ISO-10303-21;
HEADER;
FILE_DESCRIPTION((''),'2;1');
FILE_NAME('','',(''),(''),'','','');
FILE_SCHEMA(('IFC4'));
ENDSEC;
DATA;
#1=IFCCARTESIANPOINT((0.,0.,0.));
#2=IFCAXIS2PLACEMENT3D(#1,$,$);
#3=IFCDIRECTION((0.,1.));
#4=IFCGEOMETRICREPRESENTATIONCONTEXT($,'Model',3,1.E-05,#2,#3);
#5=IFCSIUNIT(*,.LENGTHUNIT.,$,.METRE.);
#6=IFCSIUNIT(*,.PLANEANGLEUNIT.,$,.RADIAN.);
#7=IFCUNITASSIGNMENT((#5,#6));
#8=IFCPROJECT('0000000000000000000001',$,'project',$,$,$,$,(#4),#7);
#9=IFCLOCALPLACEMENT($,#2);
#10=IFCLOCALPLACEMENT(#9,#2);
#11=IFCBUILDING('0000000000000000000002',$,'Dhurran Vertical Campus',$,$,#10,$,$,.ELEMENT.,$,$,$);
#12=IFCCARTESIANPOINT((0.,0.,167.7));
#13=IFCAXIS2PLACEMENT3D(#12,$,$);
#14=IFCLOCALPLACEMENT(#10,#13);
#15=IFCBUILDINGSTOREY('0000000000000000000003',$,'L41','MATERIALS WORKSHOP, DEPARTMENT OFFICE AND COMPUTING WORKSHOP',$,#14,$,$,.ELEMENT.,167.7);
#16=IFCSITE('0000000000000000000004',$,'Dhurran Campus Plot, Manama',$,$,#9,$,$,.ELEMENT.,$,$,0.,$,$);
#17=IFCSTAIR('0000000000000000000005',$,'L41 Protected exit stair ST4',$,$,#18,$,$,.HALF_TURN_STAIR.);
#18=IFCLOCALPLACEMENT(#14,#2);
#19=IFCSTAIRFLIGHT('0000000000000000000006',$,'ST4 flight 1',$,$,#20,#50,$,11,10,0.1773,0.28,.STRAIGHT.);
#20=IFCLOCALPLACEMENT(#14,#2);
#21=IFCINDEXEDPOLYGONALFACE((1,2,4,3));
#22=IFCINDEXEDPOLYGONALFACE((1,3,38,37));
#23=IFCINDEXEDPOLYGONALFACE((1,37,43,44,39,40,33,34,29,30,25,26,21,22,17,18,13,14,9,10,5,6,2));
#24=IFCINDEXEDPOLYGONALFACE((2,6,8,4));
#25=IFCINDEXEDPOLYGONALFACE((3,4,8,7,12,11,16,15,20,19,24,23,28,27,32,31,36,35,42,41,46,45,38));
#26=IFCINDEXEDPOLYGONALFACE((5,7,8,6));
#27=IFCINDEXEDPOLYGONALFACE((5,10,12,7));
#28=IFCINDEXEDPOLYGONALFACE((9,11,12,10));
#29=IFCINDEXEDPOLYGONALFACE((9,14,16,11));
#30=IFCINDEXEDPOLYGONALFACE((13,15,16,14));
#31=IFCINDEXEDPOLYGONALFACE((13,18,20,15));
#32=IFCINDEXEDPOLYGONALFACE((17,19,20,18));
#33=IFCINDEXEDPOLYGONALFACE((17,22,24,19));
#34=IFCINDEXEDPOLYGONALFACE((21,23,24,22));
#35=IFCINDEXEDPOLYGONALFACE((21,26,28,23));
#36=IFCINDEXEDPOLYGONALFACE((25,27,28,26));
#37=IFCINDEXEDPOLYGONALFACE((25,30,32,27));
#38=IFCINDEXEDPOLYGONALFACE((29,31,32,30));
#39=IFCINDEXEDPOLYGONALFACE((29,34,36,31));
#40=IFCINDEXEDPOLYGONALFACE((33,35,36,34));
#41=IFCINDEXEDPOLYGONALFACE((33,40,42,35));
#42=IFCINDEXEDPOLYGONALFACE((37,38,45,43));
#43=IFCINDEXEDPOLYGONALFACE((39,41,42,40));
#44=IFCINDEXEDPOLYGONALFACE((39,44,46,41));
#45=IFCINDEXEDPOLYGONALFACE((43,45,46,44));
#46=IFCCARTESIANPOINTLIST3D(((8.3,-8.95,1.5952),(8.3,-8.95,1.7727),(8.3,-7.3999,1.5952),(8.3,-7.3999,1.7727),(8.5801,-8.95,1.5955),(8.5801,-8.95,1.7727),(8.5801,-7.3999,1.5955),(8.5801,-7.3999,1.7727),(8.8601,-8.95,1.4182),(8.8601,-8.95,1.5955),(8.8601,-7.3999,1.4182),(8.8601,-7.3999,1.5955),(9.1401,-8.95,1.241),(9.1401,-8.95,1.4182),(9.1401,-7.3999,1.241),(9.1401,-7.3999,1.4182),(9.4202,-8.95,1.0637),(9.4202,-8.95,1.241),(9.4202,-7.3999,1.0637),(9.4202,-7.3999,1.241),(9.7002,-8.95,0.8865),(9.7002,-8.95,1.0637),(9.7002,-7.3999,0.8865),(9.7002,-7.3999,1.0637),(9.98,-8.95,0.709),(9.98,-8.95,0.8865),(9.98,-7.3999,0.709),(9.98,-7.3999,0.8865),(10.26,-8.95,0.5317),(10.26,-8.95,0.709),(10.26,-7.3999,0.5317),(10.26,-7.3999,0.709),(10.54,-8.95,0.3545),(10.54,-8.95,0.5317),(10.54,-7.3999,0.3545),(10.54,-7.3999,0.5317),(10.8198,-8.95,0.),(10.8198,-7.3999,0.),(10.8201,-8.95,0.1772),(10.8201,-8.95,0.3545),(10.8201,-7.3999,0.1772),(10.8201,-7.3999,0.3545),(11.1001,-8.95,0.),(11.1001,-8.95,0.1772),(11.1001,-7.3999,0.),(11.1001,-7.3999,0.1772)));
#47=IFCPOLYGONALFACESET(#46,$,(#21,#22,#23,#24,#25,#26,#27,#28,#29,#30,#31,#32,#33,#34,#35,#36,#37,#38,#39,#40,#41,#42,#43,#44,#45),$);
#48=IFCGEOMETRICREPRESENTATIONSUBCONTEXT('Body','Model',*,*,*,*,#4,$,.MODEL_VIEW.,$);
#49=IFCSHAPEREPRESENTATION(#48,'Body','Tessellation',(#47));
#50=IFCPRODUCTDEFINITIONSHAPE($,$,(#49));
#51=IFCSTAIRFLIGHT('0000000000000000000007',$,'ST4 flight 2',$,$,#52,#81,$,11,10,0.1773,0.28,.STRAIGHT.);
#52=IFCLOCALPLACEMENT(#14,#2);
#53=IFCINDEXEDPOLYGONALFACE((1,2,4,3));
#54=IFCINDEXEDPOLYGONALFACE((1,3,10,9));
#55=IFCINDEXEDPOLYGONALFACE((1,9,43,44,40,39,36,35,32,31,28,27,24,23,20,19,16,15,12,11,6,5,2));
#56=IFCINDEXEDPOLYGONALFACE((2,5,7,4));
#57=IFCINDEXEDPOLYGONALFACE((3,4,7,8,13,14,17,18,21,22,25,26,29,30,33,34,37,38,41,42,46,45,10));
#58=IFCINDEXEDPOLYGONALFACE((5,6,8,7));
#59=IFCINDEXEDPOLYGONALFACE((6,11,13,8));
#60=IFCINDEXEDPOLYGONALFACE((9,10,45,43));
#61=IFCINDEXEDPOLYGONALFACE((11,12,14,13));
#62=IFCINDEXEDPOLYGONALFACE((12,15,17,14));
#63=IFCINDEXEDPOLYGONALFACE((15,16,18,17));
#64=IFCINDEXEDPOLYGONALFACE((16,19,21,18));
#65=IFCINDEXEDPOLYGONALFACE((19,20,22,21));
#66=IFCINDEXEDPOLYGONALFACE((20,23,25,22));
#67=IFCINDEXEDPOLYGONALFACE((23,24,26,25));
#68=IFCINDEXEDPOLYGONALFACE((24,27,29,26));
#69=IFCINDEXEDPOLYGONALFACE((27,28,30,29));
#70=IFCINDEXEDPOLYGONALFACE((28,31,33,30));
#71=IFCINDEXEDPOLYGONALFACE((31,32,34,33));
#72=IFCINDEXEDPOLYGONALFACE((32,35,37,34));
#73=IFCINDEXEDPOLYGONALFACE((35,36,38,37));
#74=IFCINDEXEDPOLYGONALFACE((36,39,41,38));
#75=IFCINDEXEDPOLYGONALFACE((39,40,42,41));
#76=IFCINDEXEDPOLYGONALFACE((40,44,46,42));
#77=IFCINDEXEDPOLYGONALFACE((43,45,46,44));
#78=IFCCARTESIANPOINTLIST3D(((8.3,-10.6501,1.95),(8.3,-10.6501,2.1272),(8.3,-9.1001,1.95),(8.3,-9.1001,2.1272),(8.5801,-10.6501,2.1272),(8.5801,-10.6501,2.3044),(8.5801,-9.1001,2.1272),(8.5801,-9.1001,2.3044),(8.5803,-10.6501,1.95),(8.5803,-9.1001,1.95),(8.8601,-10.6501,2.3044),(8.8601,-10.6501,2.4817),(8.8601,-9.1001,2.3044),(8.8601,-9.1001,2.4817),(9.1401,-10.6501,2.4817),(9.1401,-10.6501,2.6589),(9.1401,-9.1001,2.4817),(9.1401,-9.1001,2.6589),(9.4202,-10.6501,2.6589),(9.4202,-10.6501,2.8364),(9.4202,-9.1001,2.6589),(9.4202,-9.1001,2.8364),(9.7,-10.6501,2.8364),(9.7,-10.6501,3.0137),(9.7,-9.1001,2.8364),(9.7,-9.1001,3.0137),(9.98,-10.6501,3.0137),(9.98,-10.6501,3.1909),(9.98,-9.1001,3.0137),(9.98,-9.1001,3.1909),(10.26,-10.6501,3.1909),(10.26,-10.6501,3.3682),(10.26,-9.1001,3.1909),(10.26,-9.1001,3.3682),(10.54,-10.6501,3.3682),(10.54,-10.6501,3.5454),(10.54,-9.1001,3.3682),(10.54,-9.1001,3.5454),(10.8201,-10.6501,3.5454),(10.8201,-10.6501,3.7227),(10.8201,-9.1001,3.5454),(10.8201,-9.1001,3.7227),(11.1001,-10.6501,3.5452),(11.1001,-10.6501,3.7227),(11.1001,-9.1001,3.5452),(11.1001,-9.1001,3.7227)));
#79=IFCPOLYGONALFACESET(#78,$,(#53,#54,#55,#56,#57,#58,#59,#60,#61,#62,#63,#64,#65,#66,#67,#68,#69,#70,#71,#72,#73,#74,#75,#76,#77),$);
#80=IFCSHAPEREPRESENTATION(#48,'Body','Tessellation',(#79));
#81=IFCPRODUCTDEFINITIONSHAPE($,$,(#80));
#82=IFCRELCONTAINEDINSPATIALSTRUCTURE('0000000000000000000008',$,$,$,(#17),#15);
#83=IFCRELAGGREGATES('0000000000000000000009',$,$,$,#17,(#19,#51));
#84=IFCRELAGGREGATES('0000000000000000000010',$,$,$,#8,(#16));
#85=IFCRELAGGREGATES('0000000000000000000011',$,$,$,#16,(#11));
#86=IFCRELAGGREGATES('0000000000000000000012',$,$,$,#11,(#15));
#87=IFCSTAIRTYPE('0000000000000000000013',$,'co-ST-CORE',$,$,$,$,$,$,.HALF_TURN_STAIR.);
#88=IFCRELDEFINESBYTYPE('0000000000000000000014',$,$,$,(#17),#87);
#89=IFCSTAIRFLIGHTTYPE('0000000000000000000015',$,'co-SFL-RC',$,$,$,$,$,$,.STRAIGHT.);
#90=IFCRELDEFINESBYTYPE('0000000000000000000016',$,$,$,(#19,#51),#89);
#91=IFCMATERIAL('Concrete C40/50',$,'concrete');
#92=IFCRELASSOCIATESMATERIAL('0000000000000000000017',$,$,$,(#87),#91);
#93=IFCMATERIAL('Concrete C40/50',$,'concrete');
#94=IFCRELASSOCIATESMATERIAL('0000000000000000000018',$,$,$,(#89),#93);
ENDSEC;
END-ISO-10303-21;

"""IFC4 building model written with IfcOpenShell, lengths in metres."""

from ifc_helpers import new_model, si_unit, direction, frame, origin, place, context, subcontext, project, spatial, polyline, outline, extrude, material, type_object, element, aggregate, save


model = new_model("IFC4")

# Units and contexts
model_context = context("Model", 3, precision=1e-05, world=origin(), true_north=direction((0.0, 1.0)))
body_context = subcontext(model_context, "Body", "Model", "MODEL_VIEW")
ifc_project = project(units=[si_unit("LENGTHUNIT", "METRE"), si_unit("PLANEANGLEUNIT", "RADIAN")], contexts=[model_context])

# Site, building, storey
site_placement = place(None, origin())
site = spatial("IfcSite", under=ifc_project, at=site_placement, Name="Dhurran Campus Plot, Manama", CompositionType="ELEMENT", RefElevation=0.0)
building_placement = place(site_placement, origin())
building = spatial("IfcBuilding", under=site, at=building_placement, Name="Dhurran Vertical Campus", CompositionType="ELEMENT")
storey_placement = place(building_placement, frame((0.0, 0.0, 167.7)))
storey = spatial("IfcBuildingStorey", under=building, at=storey_placement, Name="L41", Description="MATERIALS WORKSHOP, DEPARTMENT OFFICE AND COMPUTING WORKSHOP", CompositionType="ELEMENT", Elevation=167.7)

# Shared definitions
ifc_material_1 = material(Name="Concrete C40/50", Category="concrete")
stair_type = type_object("IfcStairType", Name="co-ST-CORE", PredefinedType="HALF_TURN_STAIR", material=ifc_material_1)

# Stair, stair flights
stair_1_placement = place(storey_placement, origin())
stair_1 = element("IfcStair", 1, at=stair_1_placement, inside=storey, type_object=stair_type, Name="L41 Protected exit stair ST4", PredefinedType="HALF_TURN_STAIR")
ifc_material_2 = material(Name="Concrete C40/50", Category="concrete")
stair_flight_type = type_object("IfcStairFlightType", Name="co-SFL-RC", PredefinedType="STRAIGHT", material=ifc_material_2)
stair_flight_1_placement = place(storey_placement, frame((11.1001, -8.175, 0.0), z_axis=(0.0, 0.0, 1.0), x_axis=(-1.0, 0.0, 0.0)))
stair_flight_1 = element("IfcStairFlight", 2, at=stair_flight_1_placement, type_object=stair_flight_type, Name="ST4 flight 1", NumberOfRisers=11, NumberOfTreads=10, PredefinedType="STRAIGHT", RiserHeight=0.1773, TreadLength=0.28, context=body_context, shape_type="SweptSolid", body=[
    extrude(outline(polyline([(0.0, 0.0), (0.0, 0.1772), (0.28, 0.1772), (0.28, 0.3545), (0.5601, 0.3545), (0.5601, 0.5317), (0.8401, 0.5317), (0.8401, 0.709), (1.1201, 0.709), (1.1201, 0.8865), (1.3999, 0.8865), (1.3999, 1.0637), (1.6799, 1.0637), (1.6799, 1.241), (1.96, 1.241), (1.96, 1.4182), (2.24, 1.4182), (2.24, 1.5955), (2.52, 1.5955), (2.52, 1.7727), (2.8, 1.7727), (2.8, 1.95), (2.8, 1.5952), (0.2803, 0.0), (0.0, 0.0)])), frame((0.0, 0.7749, 0.0), z_axis=(0.0, -1.0, 0.0), x_axis=(1.0, 0.0, 0.0)), (0.0, 0.0, 1.0), 1.55),
])
stair_flight_2_placement = place(storey_placement, frame((8.3, -9.875, 1.95), z_axis=(0.0, 0.0, 1.0), x_axis=(1.0, 0.0, 0.0)))
stair_flight_2 = element("IfcStairFlight", 3, at=stair_flight_2_placement, type_object=stair_flight_type, Name="ST4 flight 2", NumberOfRisers=11, NumberOfTreads=10, PredefinedType="STRAIGHT", RiserHeight=0.1773, TreadLength=0.28, context=body_context, shape_type="SweptSolid", body=[
    extrude(outline(polyline([(0.0, 0.0), (0.0, 0.1772), (0.28, 0.1772), (0.28, 0.3545), (0.5601, 0.3545), (0.5601, 0.5317), (0.8401, 0.5317), (0.8401, 0.709), (1.1201, 0.709), (1.1201, 0.8865), (1.3999, 0.8865), (1.3999, 1.0637), (1.6799, 1.0637), (1.6799, 1.241), (1.96, 1.241), (1.96, 1.4182), (2.24, 1.4182), (2.24, 1.5955), (2.52, 1.5955), (2.52, 1.7727), (2.8, 1.7727), (2.8, 1.95), (2.8, 1.5952), (0.2803, 0.0), (0.0, 0.0)])), frame((0.0, 0.7749, 0.0), z_axis=(0.0, -1.0, 0.0), x_axis=(1.0, 0.0, 0.0)), (0.0, 0.0, 1.0), 1.55),
])
aggregate(stair_1, [stair_flight_1, stair_flight_2])

save(model, "model.ifc")
